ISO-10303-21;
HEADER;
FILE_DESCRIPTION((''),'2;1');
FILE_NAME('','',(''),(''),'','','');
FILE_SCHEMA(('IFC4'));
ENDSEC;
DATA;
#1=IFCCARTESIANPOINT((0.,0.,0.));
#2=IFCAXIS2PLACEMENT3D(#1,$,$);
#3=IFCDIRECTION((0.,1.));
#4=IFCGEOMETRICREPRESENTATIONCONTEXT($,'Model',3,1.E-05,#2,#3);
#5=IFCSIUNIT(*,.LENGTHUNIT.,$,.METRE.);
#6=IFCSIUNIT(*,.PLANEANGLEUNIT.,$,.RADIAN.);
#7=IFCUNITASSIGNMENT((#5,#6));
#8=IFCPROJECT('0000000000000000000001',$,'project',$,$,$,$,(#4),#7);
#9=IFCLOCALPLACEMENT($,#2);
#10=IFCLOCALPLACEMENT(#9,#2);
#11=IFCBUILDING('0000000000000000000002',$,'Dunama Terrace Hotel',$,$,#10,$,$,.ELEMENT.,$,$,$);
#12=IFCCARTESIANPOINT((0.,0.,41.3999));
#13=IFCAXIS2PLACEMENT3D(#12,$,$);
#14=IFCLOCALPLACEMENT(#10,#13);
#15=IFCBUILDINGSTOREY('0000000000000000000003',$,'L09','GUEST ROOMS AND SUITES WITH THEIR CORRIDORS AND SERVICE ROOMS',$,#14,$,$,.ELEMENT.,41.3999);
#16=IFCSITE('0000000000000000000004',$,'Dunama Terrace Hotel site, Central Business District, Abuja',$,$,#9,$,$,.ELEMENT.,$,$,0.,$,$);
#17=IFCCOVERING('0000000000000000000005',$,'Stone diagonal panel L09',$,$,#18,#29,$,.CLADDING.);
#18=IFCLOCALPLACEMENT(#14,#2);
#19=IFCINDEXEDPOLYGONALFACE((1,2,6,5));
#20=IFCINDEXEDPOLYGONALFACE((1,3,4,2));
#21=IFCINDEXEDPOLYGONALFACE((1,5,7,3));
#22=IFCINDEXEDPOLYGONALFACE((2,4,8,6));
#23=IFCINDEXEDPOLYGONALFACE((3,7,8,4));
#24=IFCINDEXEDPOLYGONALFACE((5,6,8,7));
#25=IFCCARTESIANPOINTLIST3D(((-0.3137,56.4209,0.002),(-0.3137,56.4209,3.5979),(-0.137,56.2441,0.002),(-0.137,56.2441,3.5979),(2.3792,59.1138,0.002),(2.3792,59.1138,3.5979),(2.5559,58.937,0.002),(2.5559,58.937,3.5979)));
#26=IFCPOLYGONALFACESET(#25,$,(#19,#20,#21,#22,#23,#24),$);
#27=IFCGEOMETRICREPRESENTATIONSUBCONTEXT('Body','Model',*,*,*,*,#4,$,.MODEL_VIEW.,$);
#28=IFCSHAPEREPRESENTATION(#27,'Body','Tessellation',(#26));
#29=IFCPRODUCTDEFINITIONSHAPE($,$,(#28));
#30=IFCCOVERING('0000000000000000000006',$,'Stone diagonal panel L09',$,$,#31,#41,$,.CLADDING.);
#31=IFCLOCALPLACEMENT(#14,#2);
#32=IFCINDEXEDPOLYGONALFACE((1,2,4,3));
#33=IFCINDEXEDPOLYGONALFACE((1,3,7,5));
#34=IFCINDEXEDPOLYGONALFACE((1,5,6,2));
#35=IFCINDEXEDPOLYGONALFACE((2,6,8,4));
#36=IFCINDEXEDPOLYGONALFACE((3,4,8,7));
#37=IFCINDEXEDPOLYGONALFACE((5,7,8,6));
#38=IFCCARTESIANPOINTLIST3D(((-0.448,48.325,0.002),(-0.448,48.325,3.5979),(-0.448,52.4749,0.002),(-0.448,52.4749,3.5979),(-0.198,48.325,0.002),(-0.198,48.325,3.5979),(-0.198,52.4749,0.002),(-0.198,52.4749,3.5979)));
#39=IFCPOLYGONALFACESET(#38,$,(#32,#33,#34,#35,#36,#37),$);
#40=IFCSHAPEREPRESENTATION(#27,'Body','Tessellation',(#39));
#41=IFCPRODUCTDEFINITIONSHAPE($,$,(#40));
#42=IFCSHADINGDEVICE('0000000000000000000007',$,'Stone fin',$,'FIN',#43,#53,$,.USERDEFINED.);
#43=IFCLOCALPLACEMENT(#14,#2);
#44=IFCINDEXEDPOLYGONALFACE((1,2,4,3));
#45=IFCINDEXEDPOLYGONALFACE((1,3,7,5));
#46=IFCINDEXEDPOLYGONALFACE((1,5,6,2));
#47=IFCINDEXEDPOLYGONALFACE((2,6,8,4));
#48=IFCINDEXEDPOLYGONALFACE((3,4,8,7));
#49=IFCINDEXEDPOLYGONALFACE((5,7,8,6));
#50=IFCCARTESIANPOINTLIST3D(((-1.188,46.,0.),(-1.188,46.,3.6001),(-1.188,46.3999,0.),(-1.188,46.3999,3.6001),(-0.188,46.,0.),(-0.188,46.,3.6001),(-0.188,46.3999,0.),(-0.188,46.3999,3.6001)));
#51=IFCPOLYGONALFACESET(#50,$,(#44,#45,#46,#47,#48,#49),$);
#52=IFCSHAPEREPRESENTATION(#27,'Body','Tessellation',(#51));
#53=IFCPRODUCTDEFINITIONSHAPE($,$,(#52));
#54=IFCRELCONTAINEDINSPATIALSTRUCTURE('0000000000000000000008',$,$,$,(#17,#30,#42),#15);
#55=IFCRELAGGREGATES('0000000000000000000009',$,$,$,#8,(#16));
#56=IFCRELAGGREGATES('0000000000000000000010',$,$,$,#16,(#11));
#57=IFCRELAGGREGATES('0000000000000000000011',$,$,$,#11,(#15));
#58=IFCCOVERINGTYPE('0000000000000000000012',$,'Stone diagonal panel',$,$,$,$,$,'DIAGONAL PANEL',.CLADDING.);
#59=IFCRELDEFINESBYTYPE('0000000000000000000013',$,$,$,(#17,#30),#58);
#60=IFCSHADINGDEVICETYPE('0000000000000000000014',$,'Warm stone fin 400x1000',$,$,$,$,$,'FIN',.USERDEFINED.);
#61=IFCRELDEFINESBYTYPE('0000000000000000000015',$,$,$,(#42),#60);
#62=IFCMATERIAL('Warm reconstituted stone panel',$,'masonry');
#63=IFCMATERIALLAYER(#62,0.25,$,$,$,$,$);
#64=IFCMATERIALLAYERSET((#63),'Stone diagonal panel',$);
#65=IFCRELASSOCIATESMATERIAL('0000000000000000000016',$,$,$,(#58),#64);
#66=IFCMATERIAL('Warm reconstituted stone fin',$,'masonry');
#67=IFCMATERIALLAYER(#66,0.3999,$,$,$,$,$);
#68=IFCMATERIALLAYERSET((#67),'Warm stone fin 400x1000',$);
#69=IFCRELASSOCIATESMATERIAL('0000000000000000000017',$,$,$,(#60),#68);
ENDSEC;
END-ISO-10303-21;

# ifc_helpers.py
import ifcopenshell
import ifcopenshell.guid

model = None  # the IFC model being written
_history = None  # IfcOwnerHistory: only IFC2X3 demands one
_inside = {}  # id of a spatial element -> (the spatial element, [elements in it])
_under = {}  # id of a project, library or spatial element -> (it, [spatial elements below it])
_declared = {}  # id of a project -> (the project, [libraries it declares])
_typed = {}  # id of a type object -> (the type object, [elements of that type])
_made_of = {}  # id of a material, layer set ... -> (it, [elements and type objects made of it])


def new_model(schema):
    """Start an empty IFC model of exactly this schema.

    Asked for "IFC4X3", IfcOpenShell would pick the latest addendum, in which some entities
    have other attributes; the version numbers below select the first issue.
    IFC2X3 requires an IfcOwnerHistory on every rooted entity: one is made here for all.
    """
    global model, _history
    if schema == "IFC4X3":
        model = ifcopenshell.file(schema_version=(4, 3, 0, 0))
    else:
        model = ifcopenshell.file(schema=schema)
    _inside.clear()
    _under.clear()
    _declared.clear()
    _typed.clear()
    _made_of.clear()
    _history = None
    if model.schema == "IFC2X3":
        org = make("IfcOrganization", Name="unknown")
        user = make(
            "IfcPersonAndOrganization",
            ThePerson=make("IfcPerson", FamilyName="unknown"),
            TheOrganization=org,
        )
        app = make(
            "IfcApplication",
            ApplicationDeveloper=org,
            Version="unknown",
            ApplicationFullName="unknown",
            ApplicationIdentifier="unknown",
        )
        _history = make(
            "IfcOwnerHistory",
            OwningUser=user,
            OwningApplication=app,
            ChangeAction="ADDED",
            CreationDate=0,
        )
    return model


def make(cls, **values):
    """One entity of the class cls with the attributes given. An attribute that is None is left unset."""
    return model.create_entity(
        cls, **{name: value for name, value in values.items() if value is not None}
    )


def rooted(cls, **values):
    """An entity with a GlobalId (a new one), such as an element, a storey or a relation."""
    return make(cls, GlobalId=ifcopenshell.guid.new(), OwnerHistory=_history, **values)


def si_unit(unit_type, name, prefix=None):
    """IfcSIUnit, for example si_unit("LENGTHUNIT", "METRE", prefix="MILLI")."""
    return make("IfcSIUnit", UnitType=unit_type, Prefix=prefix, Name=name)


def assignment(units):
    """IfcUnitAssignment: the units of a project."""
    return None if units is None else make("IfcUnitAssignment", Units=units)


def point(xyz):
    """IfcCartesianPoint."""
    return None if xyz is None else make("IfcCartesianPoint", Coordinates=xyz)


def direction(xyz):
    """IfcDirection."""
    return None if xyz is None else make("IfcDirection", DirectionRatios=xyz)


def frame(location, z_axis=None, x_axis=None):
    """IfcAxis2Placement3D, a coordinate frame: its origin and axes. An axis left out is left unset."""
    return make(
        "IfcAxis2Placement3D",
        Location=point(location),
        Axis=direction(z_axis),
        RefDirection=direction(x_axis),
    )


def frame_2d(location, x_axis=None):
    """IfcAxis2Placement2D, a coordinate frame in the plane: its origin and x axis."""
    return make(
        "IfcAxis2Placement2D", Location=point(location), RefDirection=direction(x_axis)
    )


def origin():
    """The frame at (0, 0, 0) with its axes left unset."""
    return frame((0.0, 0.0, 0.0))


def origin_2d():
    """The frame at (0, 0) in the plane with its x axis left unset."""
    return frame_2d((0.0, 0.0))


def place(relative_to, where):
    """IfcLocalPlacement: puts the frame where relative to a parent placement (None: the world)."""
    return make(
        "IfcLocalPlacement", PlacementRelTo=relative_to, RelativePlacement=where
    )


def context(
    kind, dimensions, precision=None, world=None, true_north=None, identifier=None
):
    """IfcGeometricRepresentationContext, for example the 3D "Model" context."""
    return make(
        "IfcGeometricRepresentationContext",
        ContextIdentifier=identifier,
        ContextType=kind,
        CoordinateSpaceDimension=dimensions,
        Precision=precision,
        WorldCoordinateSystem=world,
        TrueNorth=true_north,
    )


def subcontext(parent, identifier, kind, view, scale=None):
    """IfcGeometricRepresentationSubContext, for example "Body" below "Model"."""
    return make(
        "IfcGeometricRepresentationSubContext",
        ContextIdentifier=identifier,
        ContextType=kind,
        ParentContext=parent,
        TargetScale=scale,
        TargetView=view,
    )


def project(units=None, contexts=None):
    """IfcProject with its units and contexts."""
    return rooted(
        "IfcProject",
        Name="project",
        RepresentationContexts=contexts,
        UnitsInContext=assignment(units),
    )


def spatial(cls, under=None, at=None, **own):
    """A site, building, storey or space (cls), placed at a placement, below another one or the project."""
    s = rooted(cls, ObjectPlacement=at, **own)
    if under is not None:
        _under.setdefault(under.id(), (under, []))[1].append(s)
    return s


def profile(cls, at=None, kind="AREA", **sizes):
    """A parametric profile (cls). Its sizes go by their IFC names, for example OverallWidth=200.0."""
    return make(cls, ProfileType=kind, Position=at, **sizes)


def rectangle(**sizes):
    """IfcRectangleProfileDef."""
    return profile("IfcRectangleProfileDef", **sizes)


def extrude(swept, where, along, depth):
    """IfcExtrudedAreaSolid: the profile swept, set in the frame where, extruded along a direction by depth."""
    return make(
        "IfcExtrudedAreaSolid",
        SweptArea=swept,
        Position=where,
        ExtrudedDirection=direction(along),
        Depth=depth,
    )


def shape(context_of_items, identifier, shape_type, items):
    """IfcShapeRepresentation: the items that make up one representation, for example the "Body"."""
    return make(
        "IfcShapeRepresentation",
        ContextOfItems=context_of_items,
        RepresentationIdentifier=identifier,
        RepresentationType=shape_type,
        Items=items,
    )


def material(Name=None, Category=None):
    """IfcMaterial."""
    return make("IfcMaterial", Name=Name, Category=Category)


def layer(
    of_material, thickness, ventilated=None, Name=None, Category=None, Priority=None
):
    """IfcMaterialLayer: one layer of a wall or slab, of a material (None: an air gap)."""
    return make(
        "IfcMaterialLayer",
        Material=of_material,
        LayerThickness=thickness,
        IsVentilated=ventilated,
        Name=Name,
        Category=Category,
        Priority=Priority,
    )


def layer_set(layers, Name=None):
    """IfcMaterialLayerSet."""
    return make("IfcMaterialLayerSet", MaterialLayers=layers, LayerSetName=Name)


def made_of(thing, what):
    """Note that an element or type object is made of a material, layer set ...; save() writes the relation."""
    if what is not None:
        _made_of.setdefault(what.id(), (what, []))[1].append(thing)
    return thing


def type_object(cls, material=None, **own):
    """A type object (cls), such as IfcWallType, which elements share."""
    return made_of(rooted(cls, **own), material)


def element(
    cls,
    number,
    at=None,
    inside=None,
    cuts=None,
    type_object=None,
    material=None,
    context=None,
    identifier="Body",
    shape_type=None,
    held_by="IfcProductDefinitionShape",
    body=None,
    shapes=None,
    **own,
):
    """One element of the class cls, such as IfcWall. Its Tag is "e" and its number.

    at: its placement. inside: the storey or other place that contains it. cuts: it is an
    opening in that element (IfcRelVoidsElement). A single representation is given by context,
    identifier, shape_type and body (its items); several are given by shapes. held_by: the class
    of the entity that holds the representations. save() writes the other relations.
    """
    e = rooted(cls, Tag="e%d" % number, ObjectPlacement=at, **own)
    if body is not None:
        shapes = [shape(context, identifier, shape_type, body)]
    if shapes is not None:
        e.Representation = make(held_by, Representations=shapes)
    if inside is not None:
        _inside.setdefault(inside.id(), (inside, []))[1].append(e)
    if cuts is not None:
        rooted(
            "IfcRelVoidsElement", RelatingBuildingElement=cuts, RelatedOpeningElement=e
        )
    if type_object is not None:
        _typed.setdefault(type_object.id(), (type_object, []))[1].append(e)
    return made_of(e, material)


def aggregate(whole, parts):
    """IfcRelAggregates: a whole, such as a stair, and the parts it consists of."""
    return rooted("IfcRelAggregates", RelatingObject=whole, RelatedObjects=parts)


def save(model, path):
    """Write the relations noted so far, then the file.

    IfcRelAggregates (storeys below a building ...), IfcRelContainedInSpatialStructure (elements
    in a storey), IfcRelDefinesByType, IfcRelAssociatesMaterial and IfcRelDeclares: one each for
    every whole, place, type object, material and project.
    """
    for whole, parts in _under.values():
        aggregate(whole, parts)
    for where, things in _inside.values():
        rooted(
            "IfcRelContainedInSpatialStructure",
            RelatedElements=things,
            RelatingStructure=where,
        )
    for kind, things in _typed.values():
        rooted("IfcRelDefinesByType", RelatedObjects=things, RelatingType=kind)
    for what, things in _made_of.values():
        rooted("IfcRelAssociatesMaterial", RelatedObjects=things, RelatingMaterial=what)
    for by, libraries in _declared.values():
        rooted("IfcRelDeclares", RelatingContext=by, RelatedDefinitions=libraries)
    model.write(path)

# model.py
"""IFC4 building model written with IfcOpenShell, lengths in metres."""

from ifc_helpers import new_model, si_unit, direction, frame, origin, origin_2d, place, context, subcontext, project, spatial, rectangle, extrude, material, layer, layer_set, type_object, element, save


model = new_model("IFC4")

# Units and contexts
model_context = context("Model", 3, precision=1e-05, world=origin(), true_north=direction((0.0, 1.0)))
body_context = subcontext(model_context, "Body", "Model", "MODEL_VIEW")
ifc_project = project(units=[si_unit("LENGTHUNIT", "METRE"), si_unit("PLANEANGLEUNIT", "RADIAN")], contexts=[model_context])

# Site, building, storey
site_placement = place(None, origin())
site = spatial("IfcSite", under=ifc_project, at=site_placement, Name="Dunama Terrace Hotel site, Central Business District, Abuja", CompositionType="ELEMENT", RefElevation=0.0)
building_placement = place(site_placement, origin())
building = spatial("IfcBuilding", under=site, at=building_placement, Name="Dunama Terrace Hotel", CompositionType="ELEMENT")
storey_placement = place(building_placement, frame((0.0, 0.0, 41.3999)))
storey = spatial("IfcBuildingStorey", under=building, at=storey_placement, Name="L09", Description="GUEST ROOMS AND SUITES WITH THEIR CORRIDORS AND SERVICE ROOMS", CompositionType="ELEMENT", Elevation=41.3999)

# Coverings
ifc_material_1 = material(Name="Warm reconstituted stone panel", Category="masonry")
ifc_layer_1 = layer(ifc_material_1, 0.25)
ifc_layer_set_1 = layer_set([ifc_layer_1], Name="Stone diagonal panel")
covering_type = type_object("IfcCoveringType", Name="Stone diagonal panel", ElementType="DIAGONAL PANEL", PredefinedType="CLADDING", material=ifc_layer_set_1)
covering_1_placement = place(storey_placement, frame((1.1211, 57.679, 0.002), z_axis=(0.0, 0.0, 1.0), x_axis=(-0.707107, -0.707107, 0.0)))
element("IfcCovering", 1, at=covering_1_placement, inside=storey, type_object=covering_type, Name="Stone diagonal panel L09", PredefinedType="CLADDING", context=body_context, shape_type="SweptSolid", body=[
    extrude(rectangle(XDim=3.8083, YDim=0.25, at=origin_2d()), origin(), (0.0, 0.0, 1.0), 3.5959),
])
covering_2_placement = place(storey_placement, frame((-0.323, 50.3999, 0.002), z_axis=(0.0, 0.0, 1.0), x_axis=(0.0, -1.0, 0.0)))
element("IfcCovering", 2, at=covering_2_placement, inside=storey, type_object=covering_type, Name="Stone diagonal panel L09", PredefinedType="CLADDING", context=body_context, shape_type="SweptSolid", body=[
    extrude(rectangle(XDim=4.1499, YDim=0.25, at=origin_2d()), origin(), (0.0, 0.0, 1.0), 3.5959),
])

# Shading device
ifc_material_2 = material(Name="Warm reconstituted stone fin", Category="masonry")
ifc_layer_2 = layer(ifc_material_2, 0.3999)
ifc_layer_set_2 = layer_set([ifc_layer_2], Name="Warm stone fin 400x1000")
shading_device_type = type_object("IfcShadingDeviceType", Name="Warm stone fin 400x1000", ElementType="FIN", PredefinedType="USERDEFINED", material=ifc_layer_set_2)
shading_device_placement = place(storey_placement, frame((-0.688, 46.2, 0.0), z_axis=(0.0, 0.0, 1.0), x_axis=(0.0, -1.0, 0.0)))
element("IfcShadingDevice", 3, at=shading_device_placement, inside=storey, type_object=shading_device_type, Name="Stone fin", ObjectType="FIN", PredefinedType="USERDEFINED", context=body_context, shape_type="SweptSolid", body=[
    extrude(rectangle(XDim=0.3999, YDim=1.0, at=origin_2d()), origin(), (0.0, 0.0, 1.0), 3.6001),
])

save(model, "model.ifc")
